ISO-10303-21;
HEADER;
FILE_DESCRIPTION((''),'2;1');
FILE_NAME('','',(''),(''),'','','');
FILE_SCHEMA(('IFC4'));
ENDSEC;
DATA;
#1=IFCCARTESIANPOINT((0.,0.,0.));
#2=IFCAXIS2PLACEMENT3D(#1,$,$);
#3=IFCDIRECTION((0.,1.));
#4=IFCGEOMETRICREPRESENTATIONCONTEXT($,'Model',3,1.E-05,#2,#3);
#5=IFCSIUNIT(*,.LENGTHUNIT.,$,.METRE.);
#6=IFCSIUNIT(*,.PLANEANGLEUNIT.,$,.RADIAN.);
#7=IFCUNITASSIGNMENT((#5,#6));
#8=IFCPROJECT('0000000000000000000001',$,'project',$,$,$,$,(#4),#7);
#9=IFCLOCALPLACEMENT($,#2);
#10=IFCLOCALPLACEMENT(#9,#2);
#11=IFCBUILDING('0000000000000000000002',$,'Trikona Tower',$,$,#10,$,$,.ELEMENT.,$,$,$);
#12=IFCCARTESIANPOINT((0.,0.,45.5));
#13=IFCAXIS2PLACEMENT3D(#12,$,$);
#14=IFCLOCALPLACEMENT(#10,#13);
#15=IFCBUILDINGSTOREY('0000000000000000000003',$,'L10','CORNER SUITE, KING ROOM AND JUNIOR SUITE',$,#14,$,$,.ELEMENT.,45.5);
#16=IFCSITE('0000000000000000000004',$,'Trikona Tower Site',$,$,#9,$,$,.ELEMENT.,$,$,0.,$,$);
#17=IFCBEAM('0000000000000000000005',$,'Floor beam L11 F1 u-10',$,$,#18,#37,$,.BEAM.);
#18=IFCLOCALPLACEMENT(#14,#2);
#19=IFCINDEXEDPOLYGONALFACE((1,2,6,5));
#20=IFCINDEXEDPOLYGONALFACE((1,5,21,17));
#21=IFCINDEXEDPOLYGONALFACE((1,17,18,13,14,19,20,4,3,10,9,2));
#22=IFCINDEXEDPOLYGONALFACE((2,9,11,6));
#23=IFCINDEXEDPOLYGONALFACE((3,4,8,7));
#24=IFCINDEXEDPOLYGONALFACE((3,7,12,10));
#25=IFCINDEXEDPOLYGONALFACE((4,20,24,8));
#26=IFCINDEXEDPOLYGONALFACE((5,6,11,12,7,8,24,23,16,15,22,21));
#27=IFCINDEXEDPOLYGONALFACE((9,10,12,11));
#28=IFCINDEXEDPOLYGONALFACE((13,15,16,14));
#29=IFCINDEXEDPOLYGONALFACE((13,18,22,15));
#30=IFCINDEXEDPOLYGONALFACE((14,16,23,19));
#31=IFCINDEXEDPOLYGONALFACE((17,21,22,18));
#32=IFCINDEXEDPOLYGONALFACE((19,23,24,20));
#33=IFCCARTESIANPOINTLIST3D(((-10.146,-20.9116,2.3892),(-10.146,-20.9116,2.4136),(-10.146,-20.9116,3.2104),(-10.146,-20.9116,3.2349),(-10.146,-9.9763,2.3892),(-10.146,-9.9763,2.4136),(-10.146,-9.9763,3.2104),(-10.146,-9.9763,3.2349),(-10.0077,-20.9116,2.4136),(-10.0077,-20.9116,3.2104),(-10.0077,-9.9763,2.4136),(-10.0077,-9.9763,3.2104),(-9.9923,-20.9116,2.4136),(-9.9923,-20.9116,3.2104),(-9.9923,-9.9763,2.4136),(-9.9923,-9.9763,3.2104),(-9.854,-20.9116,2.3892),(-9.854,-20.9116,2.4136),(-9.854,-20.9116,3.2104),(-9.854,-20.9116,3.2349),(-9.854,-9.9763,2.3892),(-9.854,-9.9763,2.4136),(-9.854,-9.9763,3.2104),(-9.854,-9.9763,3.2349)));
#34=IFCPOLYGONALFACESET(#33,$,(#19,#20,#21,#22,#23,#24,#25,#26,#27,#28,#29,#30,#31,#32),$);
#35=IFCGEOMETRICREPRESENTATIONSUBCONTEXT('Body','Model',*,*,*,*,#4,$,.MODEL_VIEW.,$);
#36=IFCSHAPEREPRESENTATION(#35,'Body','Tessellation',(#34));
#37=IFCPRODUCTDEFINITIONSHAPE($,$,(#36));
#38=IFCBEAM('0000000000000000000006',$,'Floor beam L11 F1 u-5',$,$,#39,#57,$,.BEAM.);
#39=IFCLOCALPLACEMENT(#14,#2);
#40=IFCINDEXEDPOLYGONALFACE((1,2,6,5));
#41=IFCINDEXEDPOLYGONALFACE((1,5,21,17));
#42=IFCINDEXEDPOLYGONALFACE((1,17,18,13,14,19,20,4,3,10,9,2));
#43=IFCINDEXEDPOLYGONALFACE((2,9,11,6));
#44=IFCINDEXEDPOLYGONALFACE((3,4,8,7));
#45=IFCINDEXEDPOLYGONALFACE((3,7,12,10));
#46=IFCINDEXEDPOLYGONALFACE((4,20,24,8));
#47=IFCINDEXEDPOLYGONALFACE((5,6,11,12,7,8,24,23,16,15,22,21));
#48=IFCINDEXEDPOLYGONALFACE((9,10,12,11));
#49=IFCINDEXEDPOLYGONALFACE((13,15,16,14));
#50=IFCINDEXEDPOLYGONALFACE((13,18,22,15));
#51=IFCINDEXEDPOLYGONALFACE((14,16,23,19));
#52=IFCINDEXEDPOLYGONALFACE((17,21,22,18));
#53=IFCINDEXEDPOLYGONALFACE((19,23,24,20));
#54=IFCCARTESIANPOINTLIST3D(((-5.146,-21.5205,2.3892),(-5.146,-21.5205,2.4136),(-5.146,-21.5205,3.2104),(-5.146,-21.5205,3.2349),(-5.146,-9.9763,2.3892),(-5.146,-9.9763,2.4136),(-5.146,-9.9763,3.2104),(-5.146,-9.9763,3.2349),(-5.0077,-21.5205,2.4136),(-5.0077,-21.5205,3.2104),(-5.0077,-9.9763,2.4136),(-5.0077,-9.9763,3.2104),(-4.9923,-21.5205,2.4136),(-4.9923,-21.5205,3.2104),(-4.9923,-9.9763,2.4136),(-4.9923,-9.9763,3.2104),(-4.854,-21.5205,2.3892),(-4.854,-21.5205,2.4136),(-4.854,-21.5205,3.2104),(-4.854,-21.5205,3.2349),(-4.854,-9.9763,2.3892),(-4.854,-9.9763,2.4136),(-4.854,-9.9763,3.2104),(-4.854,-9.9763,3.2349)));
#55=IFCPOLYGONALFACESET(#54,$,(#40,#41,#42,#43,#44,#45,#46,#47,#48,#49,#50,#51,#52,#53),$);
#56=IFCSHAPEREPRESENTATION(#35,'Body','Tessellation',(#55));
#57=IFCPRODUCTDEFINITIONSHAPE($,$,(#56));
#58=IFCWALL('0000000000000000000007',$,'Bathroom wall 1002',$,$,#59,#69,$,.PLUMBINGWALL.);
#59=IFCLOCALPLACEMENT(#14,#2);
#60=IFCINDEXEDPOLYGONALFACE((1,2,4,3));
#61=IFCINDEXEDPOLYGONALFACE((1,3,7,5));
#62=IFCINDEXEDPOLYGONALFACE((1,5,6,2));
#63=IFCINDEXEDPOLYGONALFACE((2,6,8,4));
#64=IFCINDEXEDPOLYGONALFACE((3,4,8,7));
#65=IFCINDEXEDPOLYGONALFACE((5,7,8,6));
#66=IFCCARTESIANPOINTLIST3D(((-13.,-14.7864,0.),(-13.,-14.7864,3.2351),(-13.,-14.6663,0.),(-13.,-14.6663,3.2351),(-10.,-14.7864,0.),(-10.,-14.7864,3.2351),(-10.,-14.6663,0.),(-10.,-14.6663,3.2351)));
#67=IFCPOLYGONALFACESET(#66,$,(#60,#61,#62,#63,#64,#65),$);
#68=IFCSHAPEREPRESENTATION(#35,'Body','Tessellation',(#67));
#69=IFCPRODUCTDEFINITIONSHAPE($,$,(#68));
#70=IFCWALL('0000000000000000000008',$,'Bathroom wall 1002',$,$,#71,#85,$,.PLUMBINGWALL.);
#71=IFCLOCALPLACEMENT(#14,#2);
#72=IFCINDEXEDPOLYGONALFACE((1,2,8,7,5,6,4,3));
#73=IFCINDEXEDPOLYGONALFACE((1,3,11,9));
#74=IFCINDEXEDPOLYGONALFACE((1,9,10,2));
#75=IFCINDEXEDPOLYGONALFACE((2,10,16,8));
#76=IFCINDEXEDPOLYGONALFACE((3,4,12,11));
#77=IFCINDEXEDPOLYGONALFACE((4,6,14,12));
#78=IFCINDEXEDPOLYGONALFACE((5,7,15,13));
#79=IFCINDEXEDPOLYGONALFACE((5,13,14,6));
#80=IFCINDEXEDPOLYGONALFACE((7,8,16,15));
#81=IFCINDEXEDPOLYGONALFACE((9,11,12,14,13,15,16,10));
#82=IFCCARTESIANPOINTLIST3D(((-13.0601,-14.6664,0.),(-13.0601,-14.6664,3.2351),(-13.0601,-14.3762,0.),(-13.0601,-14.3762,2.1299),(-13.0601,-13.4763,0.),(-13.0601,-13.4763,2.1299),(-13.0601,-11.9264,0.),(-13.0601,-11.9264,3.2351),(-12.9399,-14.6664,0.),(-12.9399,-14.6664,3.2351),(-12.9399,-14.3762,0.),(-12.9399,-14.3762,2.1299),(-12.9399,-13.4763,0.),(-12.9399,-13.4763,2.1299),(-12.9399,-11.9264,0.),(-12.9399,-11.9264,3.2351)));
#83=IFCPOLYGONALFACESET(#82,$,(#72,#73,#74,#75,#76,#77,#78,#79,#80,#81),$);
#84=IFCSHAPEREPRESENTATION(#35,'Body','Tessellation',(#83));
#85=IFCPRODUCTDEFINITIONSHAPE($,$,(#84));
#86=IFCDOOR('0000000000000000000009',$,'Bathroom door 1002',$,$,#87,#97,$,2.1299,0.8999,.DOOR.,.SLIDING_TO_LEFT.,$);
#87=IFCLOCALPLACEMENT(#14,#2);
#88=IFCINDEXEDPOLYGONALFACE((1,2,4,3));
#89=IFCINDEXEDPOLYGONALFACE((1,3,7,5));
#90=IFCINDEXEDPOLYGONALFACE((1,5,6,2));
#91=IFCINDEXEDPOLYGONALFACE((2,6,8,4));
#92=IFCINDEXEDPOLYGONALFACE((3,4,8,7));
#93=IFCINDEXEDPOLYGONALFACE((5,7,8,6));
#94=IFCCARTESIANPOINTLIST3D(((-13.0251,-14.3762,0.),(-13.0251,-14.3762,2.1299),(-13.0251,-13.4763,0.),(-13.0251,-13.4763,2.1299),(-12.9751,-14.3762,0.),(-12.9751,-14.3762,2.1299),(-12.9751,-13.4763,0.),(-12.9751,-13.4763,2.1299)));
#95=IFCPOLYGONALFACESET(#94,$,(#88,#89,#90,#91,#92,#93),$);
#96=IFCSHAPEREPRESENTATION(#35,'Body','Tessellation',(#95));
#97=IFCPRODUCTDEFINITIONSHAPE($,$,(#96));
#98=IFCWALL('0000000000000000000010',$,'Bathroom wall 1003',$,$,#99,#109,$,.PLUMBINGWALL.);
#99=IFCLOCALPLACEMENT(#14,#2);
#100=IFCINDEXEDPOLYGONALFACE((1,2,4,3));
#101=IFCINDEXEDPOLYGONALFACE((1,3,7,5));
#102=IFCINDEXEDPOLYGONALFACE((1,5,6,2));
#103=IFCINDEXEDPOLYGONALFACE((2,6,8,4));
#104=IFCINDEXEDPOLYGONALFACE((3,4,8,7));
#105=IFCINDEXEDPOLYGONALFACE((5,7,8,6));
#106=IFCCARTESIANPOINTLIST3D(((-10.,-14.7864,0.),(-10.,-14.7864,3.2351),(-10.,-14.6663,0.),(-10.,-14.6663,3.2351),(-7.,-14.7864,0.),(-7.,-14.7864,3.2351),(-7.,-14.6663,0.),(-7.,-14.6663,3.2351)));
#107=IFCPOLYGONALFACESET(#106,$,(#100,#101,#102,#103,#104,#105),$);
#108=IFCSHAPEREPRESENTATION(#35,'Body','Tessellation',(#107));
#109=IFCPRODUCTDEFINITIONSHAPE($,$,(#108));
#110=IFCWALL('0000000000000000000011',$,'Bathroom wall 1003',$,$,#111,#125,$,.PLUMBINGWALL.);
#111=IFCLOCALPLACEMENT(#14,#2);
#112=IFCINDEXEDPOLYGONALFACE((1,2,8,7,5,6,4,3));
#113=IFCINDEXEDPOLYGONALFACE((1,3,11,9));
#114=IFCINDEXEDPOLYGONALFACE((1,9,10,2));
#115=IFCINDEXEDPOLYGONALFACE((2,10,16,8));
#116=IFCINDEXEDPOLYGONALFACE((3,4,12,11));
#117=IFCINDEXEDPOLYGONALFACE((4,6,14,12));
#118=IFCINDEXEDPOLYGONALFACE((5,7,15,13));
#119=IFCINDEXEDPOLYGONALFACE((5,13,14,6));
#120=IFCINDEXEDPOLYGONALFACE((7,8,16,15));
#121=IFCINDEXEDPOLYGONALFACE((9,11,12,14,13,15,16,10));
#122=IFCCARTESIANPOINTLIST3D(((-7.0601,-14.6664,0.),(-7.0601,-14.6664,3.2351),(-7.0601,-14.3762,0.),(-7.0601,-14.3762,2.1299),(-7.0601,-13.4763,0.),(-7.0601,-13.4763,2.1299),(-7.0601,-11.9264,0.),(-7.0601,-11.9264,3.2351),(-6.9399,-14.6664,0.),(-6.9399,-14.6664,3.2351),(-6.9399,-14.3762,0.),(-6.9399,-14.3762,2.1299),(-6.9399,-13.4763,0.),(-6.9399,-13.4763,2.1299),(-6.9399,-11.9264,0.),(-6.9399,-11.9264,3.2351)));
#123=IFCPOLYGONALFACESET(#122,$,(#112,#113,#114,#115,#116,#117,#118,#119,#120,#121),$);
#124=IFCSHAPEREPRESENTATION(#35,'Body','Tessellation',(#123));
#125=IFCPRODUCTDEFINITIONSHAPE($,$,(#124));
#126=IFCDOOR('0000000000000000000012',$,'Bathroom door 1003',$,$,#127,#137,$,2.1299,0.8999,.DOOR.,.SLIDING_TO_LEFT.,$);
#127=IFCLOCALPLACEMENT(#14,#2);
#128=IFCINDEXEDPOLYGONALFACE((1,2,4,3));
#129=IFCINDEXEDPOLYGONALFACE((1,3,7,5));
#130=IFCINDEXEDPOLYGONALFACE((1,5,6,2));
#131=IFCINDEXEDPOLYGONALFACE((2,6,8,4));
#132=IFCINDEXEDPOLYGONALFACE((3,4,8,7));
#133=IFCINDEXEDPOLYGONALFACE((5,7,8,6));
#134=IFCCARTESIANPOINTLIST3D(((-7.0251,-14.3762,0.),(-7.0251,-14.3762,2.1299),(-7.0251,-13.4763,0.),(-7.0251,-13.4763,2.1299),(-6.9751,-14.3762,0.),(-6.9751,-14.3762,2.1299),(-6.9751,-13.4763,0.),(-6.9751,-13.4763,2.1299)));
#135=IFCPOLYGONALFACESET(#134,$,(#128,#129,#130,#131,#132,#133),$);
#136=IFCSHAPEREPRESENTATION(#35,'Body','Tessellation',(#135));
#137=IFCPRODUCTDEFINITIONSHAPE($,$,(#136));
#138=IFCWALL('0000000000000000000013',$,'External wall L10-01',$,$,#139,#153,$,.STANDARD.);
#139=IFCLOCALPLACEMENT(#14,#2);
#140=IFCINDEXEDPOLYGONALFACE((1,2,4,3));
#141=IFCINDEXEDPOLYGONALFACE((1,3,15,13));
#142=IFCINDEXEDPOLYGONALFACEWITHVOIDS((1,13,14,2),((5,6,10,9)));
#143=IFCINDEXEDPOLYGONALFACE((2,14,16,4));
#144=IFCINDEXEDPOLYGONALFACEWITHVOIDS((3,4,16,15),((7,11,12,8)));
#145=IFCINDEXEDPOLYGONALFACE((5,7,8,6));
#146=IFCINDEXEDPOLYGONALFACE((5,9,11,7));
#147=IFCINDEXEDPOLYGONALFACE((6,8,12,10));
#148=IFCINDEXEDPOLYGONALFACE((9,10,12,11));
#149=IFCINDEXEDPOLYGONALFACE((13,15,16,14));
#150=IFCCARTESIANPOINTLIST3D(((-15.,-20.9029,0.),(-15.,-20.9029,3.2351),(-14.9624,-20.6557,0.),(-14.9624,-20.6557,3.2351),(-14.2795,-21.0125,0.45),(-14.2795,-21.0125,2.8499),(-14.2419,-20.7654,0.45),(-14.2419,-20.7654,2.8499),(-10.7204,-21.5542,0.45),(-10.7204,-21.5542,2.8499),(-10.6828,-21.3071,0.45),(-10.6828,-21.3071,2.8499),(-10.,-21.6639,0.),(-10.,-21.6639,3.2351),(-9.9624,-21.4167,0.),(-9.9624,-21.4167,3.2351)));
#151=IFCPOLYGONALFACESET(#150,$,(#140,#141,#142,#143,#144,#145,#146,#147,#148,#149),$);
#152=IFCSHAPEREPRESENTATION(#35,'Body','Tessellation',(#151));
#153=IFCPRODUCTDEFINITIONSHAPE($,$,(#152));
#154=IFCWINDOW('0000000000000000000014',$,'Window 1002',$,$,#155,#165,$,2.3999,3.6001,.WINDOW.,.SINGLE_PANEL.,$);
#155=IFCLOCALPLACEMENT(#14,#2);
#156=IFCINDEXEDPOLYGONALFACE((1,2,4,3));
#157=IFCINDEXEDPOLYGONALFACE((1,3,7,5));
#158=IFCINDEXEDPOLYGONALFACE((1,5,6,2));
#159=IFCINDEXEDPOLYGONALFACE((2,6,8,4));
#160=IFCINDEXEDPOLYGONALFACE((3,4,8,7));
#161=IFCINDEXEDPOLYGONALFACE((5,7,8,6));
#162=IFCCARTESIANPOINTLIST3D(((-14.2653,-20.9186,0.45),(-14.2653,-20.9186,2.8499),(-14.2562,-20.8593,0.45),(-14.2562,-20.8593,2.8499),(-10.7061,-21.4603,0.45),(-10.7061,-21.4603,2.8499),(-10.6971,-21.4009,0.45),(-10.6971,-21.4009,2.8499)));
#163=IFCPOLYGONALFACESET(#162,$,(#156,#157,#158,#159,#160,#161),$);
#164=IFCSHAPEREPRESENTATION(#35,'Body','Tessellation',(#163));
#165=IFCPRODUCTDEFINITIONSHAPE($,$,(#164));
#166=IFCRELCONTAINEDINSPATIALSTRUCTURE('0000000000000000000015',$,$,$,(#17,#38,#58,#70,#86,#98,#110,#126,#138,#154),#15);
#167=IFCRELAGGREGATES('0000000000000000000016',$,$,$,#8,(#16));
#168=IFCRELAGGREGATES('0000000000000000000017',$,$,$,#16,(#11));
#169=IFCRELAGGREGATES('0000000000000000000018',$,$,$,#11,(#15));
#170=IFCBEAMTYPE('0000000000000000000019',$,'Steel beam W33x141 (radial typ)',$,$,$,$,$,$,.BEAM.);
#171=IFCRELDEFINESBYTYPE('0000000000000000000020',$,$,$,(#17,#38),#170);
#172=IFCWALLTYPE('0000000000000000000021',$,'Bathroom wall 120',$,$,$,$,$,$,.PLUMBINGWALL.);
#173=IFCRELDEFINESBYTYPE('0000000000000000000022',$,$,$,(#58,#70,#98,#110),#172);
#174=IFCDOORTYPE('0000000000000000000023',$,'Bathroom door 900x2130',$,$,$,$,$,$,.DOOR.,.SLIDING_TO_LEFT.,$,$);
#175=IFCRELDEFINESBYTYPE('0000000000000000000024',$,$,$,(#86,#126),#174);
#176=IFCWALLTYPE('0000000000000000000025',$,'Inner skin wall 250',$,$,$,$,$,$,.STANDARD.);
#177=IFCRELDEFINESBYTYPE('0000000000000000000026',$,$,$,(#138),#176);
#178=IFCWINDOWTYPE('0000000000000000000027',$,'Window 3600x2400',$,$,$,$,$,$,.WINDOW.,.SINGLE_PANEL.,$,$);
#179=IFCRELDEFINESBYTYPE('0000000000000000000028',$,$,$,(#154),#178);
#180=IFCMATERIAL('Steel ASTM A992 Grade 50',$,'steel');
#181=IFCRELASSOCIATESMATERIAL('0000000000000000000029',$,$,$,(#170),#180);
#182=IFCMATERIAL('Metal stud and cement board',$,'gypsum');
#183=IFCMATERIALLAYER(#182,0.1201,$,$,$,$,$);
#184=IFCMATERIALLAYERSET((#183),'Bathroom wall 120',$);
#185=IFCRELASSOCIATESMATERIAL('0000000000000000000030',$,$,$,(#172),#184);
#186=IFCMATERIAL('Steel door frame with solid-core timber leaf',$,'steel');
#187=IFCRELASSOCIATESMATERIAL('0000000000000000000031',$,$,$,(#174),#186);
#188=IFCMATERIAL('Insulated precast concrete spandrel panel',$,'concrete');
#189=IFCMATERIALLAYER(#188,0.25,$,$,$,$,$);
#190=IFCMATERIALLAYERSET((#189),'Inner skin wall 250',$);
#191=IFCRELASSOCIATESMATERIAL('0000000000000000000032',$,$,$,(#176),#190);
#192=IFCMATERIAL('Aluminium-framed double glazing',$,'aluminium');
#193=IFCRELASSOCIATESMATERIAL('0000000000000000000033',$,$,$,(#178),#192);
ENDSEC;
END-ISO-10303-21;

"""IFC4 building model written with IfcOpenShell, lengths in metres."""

from ifc_helpers import new_model, si_unit, direction, frame, frame_2d, origin, origin_2d, place, context, subcontext, project, spatial, rectangle, i_section, extrude, material, layer, layer_set, material_profile, profile_set, type_object, element, fill, save


model = new_model("IFC4")

# Units and contexts
model_context = context("Model", 3, precision=1e-05, world=origin(), true_north=direction((0.0, 1.0)))
body_context = subcontext(model_context, "Body", "Model", "MODEL_VIEW")
ifc_project = project(units=[si_unit("LENGTHUNIT", "METRE"), si_unit("PLANEANGLEUNIT", "RADIAN")], contexts=[model_context])

# Site, building, storey
site_placement = place(None, origin())
site = spatial("IfcSite", under=ifc_project, at=site_placement, Name="Trikona Tower Site", CompositionType="ELEMENT", RefElevation=0.0)
building_placement = place(site_placement, origin())
building = spatial("IfcBuilding", under=site, at=building_placement, Name="Trikona Tower", CompositionType="ELEMENT")
storey_placement = place(building_placement, frame((0.0, 0.0, 45.5)))
storey = spatial("IfcBuildingStorey", under=building, at=storey_placement, Name="L10", Description="CORNER SUITE, KING ROOM AND JUNIOR SUITE", CompositionType="ELEMENT", Elevation=45.5)

# Beams
ifc_material_1 = material(Name="Steel ASTM A992 Grade 50", Category="steel")
ifc_material_profile = material_profile(ifc_material_1, i_section(OverallWidth=0.292, OverallDepth=0.8457, WebThickness=0.0154, FlangeThickness=0.0244, at=origin_2d()), Name="W33X141")
ifc_profile_set = profile_set([ifc_material_profile], Name="Steel ASTM A992 Grade 50")
beam_type = type_object("IfcBeamType", Name="Steel beam W33x141 (radial typ)", PredefinedType="BEAM", material=ifc_profile_set)
beam_1_placement = place(storey_placement, frame((-10.0, -9.9763, 2.812), z_axis=(0.0, -1.0, 0.0), x_axis=(1.0, 0.0, 0.0)))
element("IfcBeam", 1, at=beam_1_placement, inside=storey, type_object=beam_type, Name="Floor beam L11 F1 u-10", PredefinedType="BEAM", context=body_context, shape_type="SweptSolid", body=[
    extrude(i_section(OverallWidth=0.292, OverallDepth=0.8457, WebThickness=0.0154, FlangeThickness=0.0244, at=origin_2d()), origin(), (0.0, 0.0, 1.0), 10.9353),
])
beam_2_placement = place(storey_placement, frame((-5.0, -9.9763, 2.812), z_axis=(0.0, -1.0, 0.0), x_axis=(1.0, 0.0, 0.0)))
element("IfcBeam", 2, at=beam_2_placement, inside=storey, type_object=beam_type, Name="Floor beam L11 F1 u-5", PredefinedType="BEAM", context=body_context, shape_type="SweptSolid", body=[
    extrude(i_section(OverallWidth=0.292, OverallDepth=0.8457, WebThickness=0.0154, FlangeThickness=0.0244, at=origin_2d()), origin(), (0.0, 0.0, 1.0), 11.5442),
])

# Wall
ifc_material_2 = material(Name="Metal stud and cement board", Category="gypsum")
ifc_layer_1 = layer(ifc_material_2, 0.1201)
ifc_layer_set_1 = layer_set([ifc_layer_1], Name="Bathroom wall 120")
wall_type_1 = type_object("IfcWallType", Name="Bathroom wall 120", PredefinedType="PLUMBINGWALL", material=ifc_layer_set_1)
wall_1_placement = place(storey_placement, frame((-13.0, -14.7263, 0.0), z_axis=(0.0, 0.0, 1.0), x_axis=(1.0, 0.0, 0.0)))
element("IfcWall", 3, at=wall_1_placement, inside=storey, type_object=wall_type_1, Name="Bathroom wall 1002", PredefinedType="PLUMBINGWALL", context=body_context, shape_type="SweptSolid", body=[
    extrude(rectangle(XDim=3.0, YDim=0.1201, at=frame_2d((1.5, 0.0))), origin(), (0.0, 0.0, 1.0), 3.2351),
])

# Wall, opening, door
wall_2_placement = place(storey_placement, frame((-13.0, -11.9263, 0.0), z_axis=(0.0, 0.0, 1.0), x_axis=(0.0, -1.0, 0.0)))
wall_2 = element("IfcWall", 4, at=wall_2_placement, inside=storey, type_object=wall_type_1, Name="Bathroom wall 1002", PredefinedType="PLUMBINGWALL", context=body_context, shape_type="SweptSolid", body=[
    extrude(rectangle(XDim=2.74, YDim=0.1201, at=frame_2d((1.3701, 0.0))), origin(), (0.0, 0.0, 1.0), 3.2351),
])
opening_1_placement = place(wall_2_placement, frame((1.55, 0.0, 0.0)))
opening_1 = element("IfcOpeningElement", 5, at=opening_1_placement, cuts=wall_2, PredefinedType="OPENING", context=body_context, shape_type="SweptSolid", body=[
    extrude(rectangle(XDim=0.8999, YDim=2.1299, at=frame_2d((0.45, 1.0649))), frame((0.0, 0.0701, 0.0), z_axis=(0.0, -1.0, 0.0), x_axis=(1.0, 0.0, 0.0)), (0.0, 0.0, 1.0), 0.1401),
])
ifc_material_3 = material(Name="Steel door frame with solid-core timber leaf", Category="steel")
door_type = type_object("IfcDoorType", Name="Bathroom door 900x2130", OperationType="SLIDING_TO_LEFT", PredefinedType="DOOR", material=ifc_material_3)
door_1_placement = place(opening_1_placement, origin())
door_1 = element("IfcDoor", 6, at=door_1_placement, inside=storey, type_object=door_type, Name="Bathroom door 1002", OperationType="SLIDING_TO_LEFT", OverallHeight=2.1299, OverallWidth=0.8999, PredefinedType="DOOR", context=body_context, shape_type="SweptSolid", body=[
    extrude(rectangle(XDim=0.8999, YDim=2.1299, at=frame_2d((0.45, 1.0649))), frame((0.0, 0.0249, 0.0), z_axis=(0.0, -1.0, 0.0), x_axis=(1.0, 0.0, 0.0)), (0.0, 0.0, 1.0), 0.05),
])
fill(opening_1, door_1)

# Wall
wall_3_placement = place(storey_placement, frame((-10.0, -14.7263, 0.0), z_axis=(0.0, 0.0, 1.0), x_axis=(1.0, 0.0, 0.0)))
element("IfcWall", 7, at=wall_3_placement, inside=storey, type_object=wall_type_1, Name="Bathroom wall 1003", PredefinedType="PLUMBINGWALL", context=body_context, shape_type="SweptSolid", body=[
    extrude(rectangle(XDim=3.0, YDim=0.1201, at=frame_2d((1.5, 0.0))), origin(), (0.0, 0.0, 1.0), 3.2351),
])

# Wall, opening, door
wall_4_placement = place(storey_placement, frame((-7.0, -11.9263, 0.0), z_axis=(0.0, 0.0, 1.0), x_axis=(0.0, -1.0, 0.0)))
wall_4 = element("IfcWall", 8, at=wall_4_placement, inside=storey, type_object=wall_type_1, Name="Bathroom wall 1003", PredefinedType="PLUMBINGWALL", context=body_context, shape_type="SweptSolid", body=[
    extrude(rectangle(XDim=2.74, YDim=0.1201, at=frame_2d((1.3701, 0.0))), origin(), (0.0, 0.0, 1.0), 3.2351),
])
opening_2_placement = place(wall_4_placement, frame((1.55, 0.0, 0.0)))
opening_2 = element("IfcOpeningElement", 9, at=opening_2_placement, cuts=wall_4, PredefinedType="OPENING", context=body_context, shape_type="SweptSolid", body=[
    extrude(rectangle(XDim=0.8999, YDim=2.1299, at=frame_2d((0.45, 1.0649))), frame((0.0, 0.0701, 0.0), z_axis=(0.0, -1.0, 0.0), x_axis=(1.0, 0.0, 0.0)), (0.0, 0.0, 1.0), 0.1401),
])
door_2_placement = place(opening_2_placement, origin())
door_2 = element("IfcDoor", 10, at=door_2_placement, inside=storey, type_object=door_type, Name="Bathroom door 1003", OperationType="SLIDING_TO_LEFT", OverallHeight=2.1299, OverallWidth=0.8999, PredefinedType="DOOR", context=body_context, shape_type="SweptSolid", body=[
    extrude(rectangle(XDim=0.8999, YDim=2.1299, at=frame_2d((0.45, 1.0649))), frame((0.0, 0.0249, 0.0), z_axis=(0.0, -1.0, 0.0), x_axis=(1.0, 0.0, 0.0)), (0.0, 0.0, 1.0), 0.05),
])
fill(opening_2, door_2)

# Wall, opening, window
ifc_material_4 = material(Name="Insulated precast concrete spandrel panel", Category="concrete")
ifc_layer_2 = layer(ifc_material_4, 0.25)
ifc_layer_set_2 = layer_set([ifc_layer_2], Name="Inner skin wall 250")
wall_type_2 = type_object("IfcWallType", Name="Inner skin wall 250", PredefinedType="STANDARD", material=ifc_layer_set_2)
wall_5_placement = place(storey_placement, frame((-14.9812, -20.7793, 0.0), z_axis=(0.0, 0.0, 1.0), x_axis=(0.988615, -0.150465, 0.0)))
wall_5 = element("IfcWall", 11, at=wall_5_placement, inside=storey, type_object=wall_type_2, Name="External wall L10-01", PredefinedType="STANDARD", context=body_context, shape_type="SweptSolid", body=[
    extrude(rectangle(XDim=5.0576, YDim=0.25, at=frame_2d((2.5288, 0.0))), origin(), (0.0, 0.0, 1.0), 3.2351),
])
opening_3_placement = place(wall_5_placement, frame((0.7288, 0.0, 0.45)))
opening_3 = element("IfcOpeningElement", 12, at=opening_3_placement, cuts=wall_5, PredefinedType="OPENING", context=body_context, shape_type="SweptSolid", body=[
    extrude(rectangle(XDim=3.6001, YDim=2.3999, at=frame_2d((1.8, 1.2))), frame((0.0, 0.135, 0.0), z_axis=(0.0, -1.0, 0.0), x_axis=(1.0, 0.0, 0.0)), (0.0, 0.0, 1.0), 0.27),
])
ifc_material_5 = material(Name="Aluminium-framed double glazing", Category="aluminium")
window_type = type_object("IfcWindowType", Name="Window 3600x2400", PartitioningType="SINGLE_PANEL", PredefinedType="WINDOW", material=ifc_material_5)
window_placement = place(opening_3_placement, origin())
window = element("IfcWindow", 13, at=window_placement, inside=storey, type_object=window_type, Name="Window 1002", OverallHeight=2.3999, OverallWidth=3.6001, PartitioningType="SINGLE_PANEL", PredefinedType="WINDOW", context=body_context, shape_type="SweptSolid", body=[
    extrude(rectangle(XDim=3.6001, YDim=2.3999, at=frame_2d((1.8, 1.2))), frame((0.0, 0.03, 0.0), z_axis=(0.0, -1.0, 0.0), x_axis=(1.0, 0.0, 0.0)), (0.0, 0.0, 1.0), 0.0601),
])
fill(opening_3, window)

save(model, "model.ifc")
